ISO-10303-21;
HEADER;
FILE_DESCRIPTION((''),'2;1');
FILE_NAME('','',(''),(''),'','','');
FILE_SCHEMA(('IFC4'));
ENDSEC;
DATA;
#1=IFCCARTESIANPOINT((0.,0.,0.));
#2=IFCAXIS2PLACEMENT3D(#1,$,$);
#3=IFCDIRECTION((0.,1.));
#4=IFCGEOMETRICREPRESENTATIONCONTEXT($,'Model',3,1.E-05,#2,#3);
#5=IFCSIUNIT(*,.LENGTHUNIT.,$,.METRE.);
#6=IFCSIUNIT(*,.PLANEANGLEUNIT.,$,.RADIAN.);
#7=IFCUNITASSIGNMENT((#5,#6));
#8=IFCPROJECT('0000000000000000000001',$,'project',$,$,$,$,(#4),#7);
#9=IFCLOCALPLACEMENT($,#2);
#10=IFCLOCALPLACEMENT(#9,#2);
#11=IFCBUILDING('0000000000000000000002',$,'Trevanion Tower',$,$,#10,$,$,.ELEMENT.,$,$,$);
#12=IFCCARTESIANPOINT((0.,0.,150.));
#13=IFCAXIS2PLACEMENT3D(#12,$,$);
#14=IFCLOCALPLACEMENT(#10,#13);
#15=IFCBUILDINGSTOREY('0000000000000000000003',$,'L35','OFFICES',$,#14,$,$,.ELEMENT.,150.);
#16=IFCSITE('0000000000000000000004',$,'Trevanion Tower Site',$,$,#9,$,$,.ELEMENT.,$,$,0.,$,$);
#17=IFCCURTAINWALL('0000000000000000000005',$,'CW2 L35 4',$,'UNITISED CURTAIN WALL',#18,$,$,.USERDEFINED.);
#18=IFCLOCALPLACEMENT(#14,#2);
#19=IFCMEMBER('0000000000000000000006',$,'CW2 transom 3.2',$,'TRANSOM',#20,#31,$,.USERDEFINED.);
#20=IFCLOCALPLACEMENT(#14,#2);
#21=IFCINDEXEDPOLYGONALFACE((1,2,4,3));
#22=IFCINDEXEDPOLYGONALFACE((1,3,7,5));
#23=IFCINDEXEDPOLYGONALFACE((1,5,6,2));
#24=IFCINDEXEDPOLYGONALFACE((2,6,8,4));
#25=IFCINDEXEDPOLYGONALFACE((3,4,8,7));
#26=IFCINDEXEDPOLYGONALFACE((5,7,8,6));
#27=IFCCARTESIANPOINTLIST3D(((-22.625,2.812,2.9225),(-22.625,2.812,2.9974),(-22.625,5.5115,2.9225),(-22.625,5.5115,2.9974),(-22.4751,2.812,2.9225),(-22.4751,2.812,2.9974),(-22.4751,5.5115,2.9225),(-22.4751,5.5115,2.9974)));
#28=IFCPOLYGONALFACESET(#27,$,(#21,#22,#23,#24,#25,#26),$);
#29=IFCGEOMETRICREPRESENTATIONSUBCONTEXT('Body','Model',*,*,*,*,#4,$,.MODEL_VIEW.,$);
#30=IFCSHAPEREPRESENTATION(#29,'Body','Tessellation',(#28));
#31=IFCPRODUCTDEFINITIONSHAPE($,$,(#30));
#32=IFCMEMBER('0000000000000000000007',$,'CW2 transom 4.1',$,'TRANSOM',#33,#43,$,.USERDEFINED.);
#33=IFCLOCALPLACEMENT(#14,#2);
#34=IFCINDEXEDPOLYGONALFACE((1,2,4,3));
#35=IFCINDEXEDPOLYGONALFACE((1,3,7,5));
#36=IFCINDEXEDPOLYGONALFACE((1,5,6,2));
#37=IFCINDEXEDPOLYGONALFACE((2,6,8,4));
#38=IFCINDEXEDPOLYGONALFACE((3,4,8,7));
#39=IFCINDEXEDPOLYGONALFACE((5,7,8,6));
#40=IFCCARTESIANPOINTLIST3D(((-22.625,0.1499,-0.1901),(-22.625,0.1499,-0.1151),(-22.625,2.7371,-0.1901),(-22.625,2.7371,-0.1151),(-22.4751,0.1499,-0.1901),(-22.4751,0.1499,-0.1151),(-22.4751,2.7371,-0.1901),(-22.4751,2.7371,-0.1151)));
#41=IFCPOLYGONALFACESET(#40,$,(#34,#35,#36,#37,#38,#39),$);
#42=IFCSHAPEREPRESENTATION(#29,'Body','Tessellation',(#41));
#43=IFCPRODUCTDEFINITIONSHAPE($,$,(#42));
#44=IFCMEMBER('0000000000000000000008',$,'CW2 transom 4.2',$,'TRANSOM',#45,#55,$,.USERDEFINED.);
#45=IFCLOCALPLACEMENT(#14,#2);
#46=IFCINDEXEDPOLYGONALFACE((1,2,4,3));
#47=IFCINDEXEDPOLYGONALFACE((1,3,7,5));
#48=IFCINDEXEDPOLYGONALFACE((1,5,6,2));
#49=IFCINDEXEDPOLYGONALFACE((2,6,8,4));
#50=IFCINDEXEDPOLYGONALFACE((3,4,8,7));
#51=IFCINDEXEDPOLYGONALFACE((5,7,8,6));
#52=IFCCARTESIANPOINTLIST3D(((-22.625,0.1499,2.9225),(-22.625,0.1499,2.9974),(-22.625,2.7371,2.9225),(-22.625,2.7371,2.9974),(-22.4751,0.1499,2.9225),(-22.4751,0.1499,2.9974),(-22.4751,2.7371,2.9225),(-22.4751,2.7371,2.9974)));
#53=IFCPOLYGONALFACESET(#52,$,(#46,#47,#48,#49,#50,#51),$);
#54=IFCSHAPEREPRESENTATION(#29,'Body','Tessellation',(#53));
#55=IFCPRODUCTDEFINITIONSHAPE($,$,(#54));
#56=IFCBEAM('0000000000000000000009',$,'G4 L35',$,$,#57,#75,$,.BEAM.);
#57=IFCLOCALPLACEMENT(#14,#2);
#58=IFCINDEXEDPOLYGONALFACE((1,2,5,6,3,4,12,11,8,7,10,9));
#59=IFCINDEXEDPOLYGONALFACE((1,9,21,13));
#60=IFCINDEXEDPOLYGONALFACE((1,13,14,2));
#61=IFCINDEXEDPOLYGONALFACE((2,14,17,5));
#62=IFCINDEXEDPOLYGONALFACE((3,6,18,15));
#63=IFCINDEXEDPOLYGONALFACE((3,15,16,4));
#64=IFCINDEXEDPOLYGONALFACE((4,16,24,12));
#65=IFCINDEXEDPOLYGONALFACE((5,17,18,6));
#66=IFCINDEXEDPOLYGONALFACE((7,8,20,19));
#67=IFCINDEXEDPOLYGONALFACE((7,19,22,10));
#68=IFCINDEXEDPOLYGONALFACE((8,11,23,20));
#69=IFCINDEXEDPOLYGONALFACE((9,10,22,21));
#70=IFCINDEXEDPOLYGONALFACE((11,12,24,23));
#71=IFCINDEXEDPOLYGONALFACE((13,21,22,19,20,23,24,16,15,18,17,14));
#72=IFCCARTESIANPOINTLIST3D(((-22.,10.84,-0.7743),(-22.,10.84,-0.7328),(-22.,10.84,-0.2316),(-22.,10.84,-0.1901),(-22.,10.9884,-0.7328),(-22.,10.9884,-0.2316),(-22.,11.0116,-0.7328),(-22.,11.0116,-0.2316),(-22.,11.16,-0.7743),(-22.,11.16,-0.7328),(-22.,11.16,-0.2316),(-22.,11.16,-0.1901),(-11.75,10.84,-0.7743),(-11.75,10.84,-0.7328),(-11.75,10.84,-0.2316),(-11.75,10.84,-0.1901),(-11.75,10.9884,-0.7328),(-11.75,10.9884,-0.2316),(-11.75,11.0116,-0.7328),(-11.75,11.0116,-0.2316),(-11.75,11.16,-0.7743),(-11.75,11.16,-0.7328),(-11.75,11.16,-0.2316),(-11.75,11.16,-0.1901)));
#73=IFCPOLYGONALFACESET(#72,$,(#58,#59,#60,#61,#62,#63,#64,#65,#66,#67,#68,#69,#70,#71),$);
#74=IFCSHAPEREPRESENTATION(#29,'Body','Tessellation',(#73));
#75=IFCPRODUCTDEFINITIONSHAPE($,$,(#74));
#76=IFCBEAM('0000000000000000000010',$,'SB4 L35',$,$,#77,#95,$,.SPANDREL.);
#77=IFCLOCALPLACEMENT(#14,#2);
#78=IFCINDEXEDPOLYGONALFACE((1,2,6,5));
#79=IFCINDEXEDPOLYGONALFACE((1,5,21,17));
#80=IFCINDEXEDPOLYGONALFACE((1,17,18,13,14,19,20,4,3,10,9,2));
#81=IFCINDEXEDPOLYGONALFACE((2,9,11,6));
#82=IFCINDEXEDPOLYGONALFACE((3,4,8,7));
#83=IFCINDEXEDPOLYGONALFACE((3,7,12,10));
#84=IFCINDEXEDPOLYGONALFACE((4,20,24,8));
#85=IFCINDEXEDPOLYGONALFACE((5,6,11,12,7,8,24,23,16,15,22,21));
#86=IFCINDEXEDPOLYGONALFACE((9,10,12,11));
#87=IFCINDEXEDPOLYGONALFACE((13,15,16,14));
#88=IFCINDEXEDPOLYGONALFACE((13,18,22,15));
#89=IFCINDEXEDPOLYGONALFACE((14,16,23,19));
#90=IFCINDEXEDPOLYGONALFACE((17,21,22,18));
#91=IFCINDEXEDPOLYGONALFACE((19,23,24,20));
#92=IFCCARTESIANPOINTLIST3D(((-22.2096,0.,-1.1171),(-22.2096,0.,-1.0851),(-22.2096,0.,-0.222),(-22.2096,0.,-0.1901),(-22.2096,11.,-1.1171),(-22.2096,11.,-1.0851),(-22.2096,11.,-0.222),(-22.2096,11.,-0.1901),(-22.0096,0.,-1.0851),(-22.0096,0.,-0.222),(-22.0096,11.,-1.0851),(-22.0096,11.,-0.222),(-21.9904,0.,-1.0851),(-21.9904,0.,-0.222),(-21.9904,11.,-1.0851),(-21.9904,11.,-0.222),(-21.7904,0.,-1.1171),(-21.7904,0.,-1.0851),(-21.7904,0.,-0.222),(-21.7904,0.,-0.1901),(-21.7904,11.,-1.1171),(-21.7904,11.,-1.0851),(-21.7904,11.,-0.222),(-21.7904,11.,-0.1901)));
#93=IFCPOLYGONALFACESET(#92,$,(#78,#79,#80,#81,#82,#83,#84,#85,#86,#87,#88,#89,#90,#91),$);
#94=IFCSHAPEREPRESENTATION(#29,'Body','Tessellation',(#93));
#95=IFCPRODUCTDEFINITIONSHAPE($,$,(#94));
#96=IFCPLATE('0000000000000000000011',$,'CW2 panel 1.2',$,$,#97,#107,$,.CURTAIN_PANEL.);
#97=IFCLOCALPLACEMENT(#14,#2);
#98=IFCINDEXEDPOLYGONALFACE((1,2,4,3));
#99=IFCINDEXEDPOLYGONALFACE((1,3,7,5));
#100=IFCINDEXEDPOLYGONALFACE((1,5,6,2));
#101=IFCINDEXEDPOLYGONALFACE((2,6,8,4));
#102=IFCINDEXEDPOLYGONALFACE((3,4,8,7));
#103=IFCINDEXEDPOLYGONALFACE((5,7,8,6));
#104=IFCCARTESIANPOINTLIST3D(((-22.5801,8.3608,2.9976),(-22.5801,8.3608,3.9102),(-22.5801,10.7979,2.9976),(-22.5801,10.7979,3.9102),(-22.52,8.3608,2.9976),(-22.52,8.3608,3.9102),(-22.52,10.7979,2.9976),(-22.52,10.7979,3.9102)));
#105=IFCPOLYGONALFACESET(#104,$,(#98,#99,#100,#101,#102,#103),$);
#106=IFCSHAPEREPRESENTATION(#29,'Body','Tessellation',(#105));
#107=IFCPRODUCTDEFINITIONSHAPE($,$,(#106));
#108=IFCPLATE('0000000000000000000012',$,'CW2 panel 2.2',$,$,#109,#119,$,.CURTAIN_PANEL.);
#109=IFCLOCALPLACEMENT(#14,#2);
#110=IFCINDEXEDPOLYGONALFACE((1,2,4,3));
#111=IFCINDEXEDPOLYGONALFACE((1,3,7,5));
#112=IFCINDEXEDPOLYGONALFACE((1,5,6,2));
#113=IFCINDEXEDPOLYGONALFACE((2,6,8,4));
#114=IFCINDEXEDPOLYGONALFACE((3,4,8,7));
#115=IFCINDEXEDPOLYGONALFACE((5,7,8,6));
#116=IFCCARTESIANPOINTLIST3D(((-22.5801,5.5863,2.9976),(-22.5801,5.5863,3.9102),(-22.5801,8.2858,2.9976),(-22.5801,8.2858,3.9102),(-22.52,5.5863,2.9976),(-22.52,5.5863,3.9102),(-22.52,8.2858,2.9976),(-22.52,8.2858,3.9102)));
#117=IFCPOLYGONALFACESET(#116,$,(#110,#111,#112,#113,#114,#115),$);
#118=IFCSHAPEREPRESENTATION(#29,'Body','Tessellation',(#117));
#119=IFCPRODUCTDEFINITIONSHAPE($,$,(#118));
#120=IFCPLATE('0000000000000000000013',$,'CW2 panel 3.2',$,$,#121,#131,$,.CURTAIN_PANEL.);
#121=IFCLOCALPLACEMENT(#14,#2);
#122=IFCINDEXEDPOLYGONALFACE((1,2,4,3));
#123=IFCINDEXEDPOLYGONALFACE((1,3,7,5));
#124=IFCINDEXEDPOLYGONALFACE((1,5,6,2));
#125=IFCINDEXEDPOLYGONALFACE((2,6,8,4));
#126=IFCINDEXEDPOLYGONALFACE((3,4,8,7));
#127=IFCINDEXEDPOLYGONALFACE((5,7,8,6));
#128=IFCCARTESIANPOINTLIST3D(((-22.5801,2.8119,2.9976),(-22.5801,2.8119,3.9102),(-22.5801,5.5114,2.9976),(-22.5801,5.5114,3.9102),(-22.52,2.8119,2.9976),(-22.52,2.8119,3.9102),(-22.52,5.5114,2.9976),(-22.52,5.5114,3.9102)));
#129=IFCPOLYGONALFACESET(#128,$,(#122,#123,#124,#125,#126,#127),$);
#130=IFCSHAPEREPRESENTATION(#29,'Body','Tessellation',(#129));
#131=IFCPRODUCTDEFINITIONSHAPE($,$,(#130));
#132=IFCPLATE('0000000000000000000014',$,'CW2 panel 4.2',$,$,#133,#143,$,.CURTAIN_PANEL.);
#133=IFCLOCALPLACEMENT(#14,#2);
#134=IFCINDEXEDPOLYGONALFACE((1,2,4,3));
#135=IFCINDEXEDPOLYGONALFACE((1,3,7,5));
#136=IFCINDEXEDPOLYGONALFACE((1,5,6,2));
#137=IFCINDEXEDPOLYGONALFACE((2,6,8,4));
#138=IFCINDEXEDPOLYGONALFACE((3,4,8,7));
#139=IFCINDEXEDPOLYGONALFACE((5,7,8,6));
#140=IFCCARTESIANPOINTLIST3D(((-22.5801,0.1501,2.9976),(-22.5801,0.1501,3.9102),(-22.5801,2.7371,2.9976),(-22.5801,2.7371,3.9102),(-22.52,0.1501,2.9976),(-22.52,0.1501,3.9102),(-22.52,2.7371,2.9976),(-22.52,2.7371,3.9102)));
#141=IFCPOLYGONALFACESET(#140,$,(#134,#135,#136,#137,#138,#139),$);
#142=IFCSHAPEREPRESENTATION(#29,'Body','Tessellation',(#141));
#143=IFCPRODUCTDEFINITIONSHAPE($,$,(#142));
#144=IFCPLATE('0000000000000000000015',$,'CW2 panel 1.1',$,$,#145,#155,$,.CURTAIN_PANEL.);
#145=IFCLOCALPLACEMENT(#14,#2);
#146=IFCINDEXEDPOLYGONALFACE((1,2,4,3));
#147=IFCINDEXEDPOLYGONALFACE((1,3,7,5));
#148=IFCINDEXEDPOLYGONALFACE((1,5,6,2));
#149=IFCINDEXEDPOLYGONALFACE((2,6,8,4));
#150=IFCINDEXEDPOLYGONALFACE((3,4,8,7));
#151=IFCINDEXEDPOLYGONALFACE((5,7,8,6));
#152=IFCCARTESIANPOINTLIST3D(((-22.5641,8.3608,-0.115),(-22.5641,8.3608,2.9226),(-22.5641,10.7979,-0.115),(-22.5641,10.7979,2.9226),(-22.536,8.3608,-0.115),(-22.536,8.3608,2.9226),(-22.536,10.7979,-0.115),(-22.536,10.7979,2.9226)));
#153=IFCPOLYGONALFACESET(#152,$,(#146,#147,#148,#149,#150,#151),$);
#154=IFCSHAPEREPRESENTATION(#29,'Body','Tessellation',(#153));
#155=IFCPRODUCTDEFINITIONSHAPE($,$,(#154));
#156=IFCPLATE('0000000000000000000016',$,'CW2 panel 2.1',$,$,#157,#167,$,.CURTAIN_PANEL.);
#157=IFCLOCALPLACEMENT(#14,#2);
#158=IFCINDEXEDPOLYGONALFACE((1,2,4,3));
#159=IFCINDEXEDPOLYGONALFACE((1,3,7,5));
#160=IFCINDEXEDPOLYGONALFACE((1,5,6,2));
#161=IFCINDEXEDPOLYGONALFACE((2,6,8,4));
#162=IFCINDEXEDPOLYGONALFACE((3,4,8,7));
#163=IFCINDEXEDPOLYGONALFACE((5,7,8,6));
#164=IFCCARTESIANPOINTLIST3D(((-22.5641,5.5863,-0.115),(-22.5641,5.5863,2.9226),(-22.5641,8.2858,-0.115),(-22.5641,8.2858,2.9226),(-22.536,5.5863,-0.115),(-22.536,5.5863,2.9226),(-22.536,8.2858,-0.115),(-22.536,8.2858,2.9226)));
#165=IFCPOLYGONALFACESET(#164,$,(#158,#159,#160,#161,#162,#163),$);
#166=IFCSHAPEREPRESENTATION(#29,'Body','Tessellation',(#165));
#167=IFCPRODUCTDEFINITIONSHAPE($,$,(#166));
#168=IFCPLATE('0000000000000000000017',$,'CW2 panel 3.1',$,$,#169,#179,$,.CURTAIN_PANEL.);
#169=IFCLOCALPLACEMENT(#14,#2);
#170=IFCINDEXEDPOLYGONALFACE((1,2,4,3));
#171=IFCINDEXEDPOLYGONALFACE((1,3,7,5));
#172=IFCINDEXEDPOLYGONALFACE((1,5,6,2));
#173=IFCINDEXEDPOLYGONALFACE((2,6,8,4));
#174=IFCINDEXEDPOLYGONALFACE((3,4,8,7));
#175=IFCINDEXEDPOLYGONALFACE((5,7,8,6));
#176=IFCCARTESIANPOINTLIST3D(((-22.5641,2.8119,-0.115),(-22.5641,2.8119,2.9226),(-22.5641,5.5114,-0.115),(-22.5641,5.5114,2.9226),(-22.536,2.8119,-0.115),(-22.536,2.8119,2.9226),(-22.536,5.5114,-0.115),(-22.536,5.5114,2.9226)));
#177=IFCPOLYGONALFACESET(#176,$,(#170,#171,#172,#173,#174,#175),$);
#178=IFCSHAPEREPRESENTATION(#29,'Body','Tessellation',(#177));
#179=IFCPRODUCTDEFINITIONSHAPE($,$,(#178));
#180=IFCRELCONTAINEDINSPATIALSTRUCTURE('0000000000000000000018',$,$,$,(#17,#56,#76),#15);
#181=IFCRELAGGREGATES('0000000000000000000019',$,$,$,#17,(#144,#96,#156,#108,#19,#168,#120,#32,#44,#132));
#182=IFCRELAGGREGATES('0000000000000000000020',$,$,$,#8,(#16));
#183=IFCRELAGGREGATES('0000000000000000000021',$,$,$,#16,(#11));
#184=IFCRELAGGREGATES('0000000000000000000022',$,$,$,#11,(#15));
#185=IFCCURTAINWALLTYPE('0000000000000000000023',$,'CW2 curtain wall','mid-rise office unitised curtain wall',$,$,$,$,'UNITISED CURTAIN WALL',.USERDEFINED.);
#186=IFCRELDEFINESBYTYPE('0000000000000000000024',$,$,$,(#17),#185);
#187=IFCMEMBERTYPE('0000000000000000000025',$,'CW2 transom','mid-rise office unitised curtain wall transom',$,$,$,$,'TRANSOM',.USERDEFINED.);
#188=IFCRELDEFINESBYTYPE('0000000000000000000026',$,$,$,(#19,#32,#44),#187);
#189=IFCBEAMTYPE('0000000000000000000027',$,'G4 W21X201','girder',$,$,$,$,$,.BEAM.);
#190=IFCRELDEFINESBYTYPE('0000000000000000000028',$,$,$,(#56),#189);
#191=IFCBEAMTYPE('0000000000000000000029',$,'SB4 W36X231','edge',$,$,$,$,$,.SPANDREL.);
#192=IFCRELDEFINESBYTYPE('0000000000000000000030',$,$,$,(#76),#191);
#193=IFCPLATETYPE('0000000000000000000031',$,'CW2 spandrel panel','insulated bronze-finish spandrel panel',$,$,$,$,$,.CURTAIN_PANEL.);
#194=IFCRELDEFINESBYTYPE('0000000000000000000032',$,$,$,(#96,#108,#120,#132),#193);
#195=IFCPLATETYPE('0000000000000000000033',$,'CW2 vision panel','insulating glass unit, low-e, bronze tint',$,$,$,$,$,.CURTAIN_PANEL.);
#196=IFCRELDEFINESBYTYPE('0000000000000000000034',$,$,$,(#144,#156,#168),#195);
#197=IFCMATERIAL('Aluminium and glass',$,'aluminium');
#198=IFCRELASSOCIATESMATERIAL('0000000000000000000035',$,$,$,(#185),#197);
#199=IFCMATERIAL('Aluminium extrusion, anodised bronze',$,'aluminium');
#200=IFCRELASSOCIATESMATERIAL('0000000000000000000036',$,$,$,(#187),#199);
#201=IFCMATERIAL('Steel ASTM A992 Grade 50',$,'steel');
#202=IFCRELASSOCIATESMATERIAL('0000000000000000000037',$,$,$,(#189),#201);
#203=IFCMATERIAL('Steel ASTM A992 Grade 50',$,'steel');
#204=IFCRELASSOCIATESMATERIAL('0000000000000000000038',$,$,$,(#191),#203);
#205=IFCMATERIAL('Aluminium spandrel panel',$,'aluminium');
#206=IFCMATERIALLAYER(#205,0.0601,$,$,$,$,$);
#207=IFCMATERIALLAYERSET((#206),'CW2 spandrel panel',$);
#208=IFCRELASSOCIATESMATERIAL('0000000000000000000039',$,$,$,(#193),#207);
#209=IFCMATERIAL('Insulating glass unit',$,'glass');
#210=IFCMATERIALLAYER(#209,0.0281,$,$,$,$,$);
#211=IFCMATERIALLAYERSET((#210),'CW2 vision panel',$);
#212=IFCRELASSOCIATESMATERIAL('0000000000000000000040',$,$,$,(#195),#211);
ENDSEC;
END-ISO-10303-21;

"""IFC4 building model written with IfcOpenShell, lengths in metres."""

from ifc_helpers import new_model, si_unit, direction, frame, origin, origin_2d, place, context, subcontext, project, spatial, rectangle, i_section, extrude, material, layer, layer_set, material_profile, profile_set, type_object, element, aggregate, save


model = new_model("IFC4")

# Units and contexts
model_context = context("Model", 3, precision=1e-05, world=origin(), true_north=direction((0.0, 1.0)))
body_context = subcontext(model_context, "Body", "Model", "MODEL_VIEW")
ifc_project = project(units=[si_unit("LENGTHUNIT", "METRE"), si_unit("PLANEANGLEUNIT", "RADIAN")], contexts=[model_context])

# Site, building, storey
site_placement = place(None, origin())
site = spatial("IfcSite", under=ifc_project, at=site_placement, Name="Trevanion Tower Site", CompositionType="ELEMENT", RefElevation=0.0)
building_placement = place(site_placement, origin())
building = spatial("IfcBuilding", under=site, at=building_placement, Name="Trevanion Tower", CompositionType="ELEMENT")
storey_placement = place(building_placement, frame((0.0, 0.0, 150.0)))
storey = spatial("IfcBuildingStorey", under=building, at=storey_placement, Name="L35", Description="OFFICES", CompositionType="ELEMENT", Elevation=150.0)

# Curtain wall, members
ifc_material_1 = material(Name="Aluminium and glass", Category="aluminium")
curtain_wall_type = type_object("IfcCurtainWallType", Name="CW2 curtain wall", Description="mid-rise office unitised curtain wall", ElementType="UNITISED CURTAIN WALL", PredefinedType="USERDEFINED", material=ifc_material_1)
curtain_wall_placement = place(storey_placement, origin())
curtain_wall = element("IfcCurtainWall", 1, at=curtain_wall_placement, inside=storey, type_object=curtain_wall_type, Name="CW2 L35 4", ObjectType="UNITISED CURTAIN WALL", PredefinedType="USERDEFINED")
ifc_material_2 = material(Name="Aluminium extrusion, anodised bronze", Category="aluminium")
ifc_material_profile_1 = material_profile(ifc_material_2, rectangle(XDim=0.1499, YDim=0.075, at=origin_2d()), Name="CW2 transom")
ifc_profile_set_1 = profile_set([ifc_material_profile_1], Name="Aluminium extrusion, anodised bronze")
member_type_1 = type_object("IfcMemberType", Name="CW2 transom", Description="mid-rise office unitised curtain wall transom", ElementType="TRANSOM", PredefinedType="USERDEFINED", material=ifc_profile_set_1)
member_1_placement = place(storey_placement, frame((-22.55, 5.5115, 2.96), z_axis=(0.0, -1.0, 0.0), x_axis=(1.0, 0.0, 0.0)))
member_1 = element("IfcMember", 2, at=member_1_placement, type_object=member_type_1, Name="CW2 transom 3.2", ObjectType="TRANSOM", PredefinedType="USERDEFINED", context=body_context, shape_type="SweptSolid", body=[
    extrude(rectangle(XDim=0.1499, YDim=0.075, at=origin_2d()), origin(), (0.0, 0.0, 1.0), 2.6995),
])
member_2_placement = place(storey_placement, frame((-22.55, 2.7371, -0.1526), z_axis=(0.0, -1.0, 0.0), x_axis=(1.0, 0.0, 0.0)))
member_2 = element("IfcMember", 3, at=member_2_placement, type_object=member_type_1, Name="CW2 transom 4.1", ObjectType="TRANSOM", PredefinedType="USERDEFINED", context=body_context, shape_type="SweptSolid", body=[
    extrude(rectangle(XDim=0.1499, YDim=0.075, at=origin_2d()), origin(), (0.0, 0.0, 1.0), 2.5872),
])
member_3_placement = place(storey_placement, frame((-22.55, 2.7371, 2.96), z_axis=(0.0, -1.0, 0.0), x_axis=(1.0, 0.0, 0.0)))
member_3 = element("IfcMember", 4, at=member_3_placement, type_object=member_type_1, Name="CW2 transom 4.2", ObjectType="TRANSOM", PredefinedType="USERDEFINED", context=body_context, shape_type="SweptSolid", body=[
    extrude(rectangle(XDim=0.1499, YDim=0.075, at=origin_2d()), origin(), (0.0, 0.0, 1.0), 2.5872),
])

# Beams
ifc_material_3 = material(Name="Steel ASTM A992 Grade 50", Category="steel")
ifc_material_profile_2 = material_profile(ifc_material_3, i_section(OverallWidth=0.3201, OverallDepth=0.5842, WebThickness=0.0232, FlangeThickness=0.0415, at=origin_2d()), Name="W21X201")
ifc_profile_set_2 = profile_set([ifc_material_profile_2], Name="Steel ASTM A992 Grade 50")
beam_type_1 = type_object("IfcBeamType", Name="G4 W21X201", Description="girder", PredefinedType="BEAM", material=ifc_profile_set_2)
beam_1_placement = place(storey_placement, frame((-11.75, 11.0, -0.4822), z_axis=(-1.0, 0.0, 0.0), x_axis=(0.0, -1.0, 0.0)))
element("IfcBeam", 5, at=beam_1_placement, inside=storey, type_object=beam_type_1, Name="G4 L35", PredefinedType="BEAM", context=body_context, shape_type="SweptSolid", body=[
    extrude(i_section(OverallWidth=0.3201, OverallDepth=0.5842, WebThickness=0.0232, FlangeThickness=0.0415, at=origin_2d()), origin(), (0.0, 0.0, 1.0), 10.25),
])
ifc_material_4 = material(Name="Steel ASTM A992 Grade 50", Category="steel")
ifc_material_profile_3 = material_profile(ifc_material_4, i_section(OverallWidth=0.4192, OverallDepth=0.927, WebThickness=0.0193, FlangeThickness=0.032, at=origin_2d()), Name="W36X231")
ifc_profile_set_3 = profile_set([ifc_material_profile_3], Name="Steel ASTM A992 Grade 50")
beam_type_2 = type_object("IfcBeamType", Name="SB4 W36X231", Description="edge", PredefinedType="SPANDREL", material=ifc_profile_set_3)
beam_2_placement = place(storey_placement, frame((-22.0, 11.0, -0.6536), z_axis=(0.0, -1.0, 0.0), x_axis=(1.0, 0.0, 0.0)))
element("IfcBeam", 6, at=beam_2_placement, inside=storey, type_object=beam_type_2, Name="SB4 L35", PredefinedType="SPANDREL", context=body_context, shape_type="SweptSolid", body=[
    extrude(i_section(OverallWidth=0.4192, OverallDepth=0.927, WebThickness=0.0193, FlangeThickness=0.032, at=origin_2d()), origin(), (0.0, 0.0, 1.0), 11.0),
])

# Plates
ifc_material_5 = material(Name="Aluminium spandrel panel", Category="aluminium")
ifc_layer_1 = layer(ifc_material_5, 0.0601)
ifc_layer_set_1 = layer_set([ifc_layer_1], Name="CW2 spandrel panel")
plate_type_1 = type_object("IfcPlateType", Name="CW2 spandrel panel", Description="insulated bronze-finish spandrel panel", PredefinedType="CURTAIN_PANEL", material=ifc_layer_set_1)
plate_1_placement = place(storey_placement, frame((-22.55, 9.5793, 2.9976), z_axis=(0.0, 0.0, 1.0), x_axis=(0.0, -1.0, 0.0)))
plate_1 = element("IfcPlate", 7, at=plate_1_placement, type_object=plate_type_1, Name="CW2 panel 1.2", PredefinedType="CURTAIN_PANEL", context=body_context, shape_type="SweptSolid", body=[
    extrude(rectangle(XDim=2.437, YDim=0.0601, at=origin_2d()), origin(), (0.0, 0.0, 1.0), 0.9126),
])
plate_2_placement = place(storey_placement, frame((-22.55, 6.936, 2.9976), z_axis=(0.0, 0.0, 1.0), x_axis=(0.0, -1.0, 0.0)))
plate_2 = element("IfcPlate", 8, at=plate_2_placement, type_object=plate_type_1, Name="CW2 panel 2.2", PredefinedType="CURTAIN_PANEL", context=body_context, shape_type="SweptSolid", body=[
    extrude(rectangle(XDim=2.6995, YDim=0.0601, at=origin_2d()), origin(), (0.0, 0.0, 1.0), 0.9126),
])
plate_3_placement = place(storey_placement, frame((-22.55, 4.1616, 2.9976), z_axis=(0.0, 0.0, 1.0), x_axis=(0.0, -1.0, 0.0)))
plate_3 = element("IfcPlate", 9, at=plate_3_placement, type_object=plate_type_1, Name="CW2 panel 3.2", PredefinedType="CURTAIN_PANEL", context=body_context, shape_type="SweptSolid", body=[
    extrude(rectangle(XDim=2.6995, YDim=0.0601, at=origin_2d()), origin(), (0.0, 0.0, 1.0), 0.9126),
])
plate_4_placement = place(storey_placement, frame((-22.55, 1.4436, 2.9976), z_axis=(0.0, 0.0, 1.0), x_axis=(0.0, -1.0, 0.0)))
plate_4 = element("IfcPlate", 10, at=plate_4_placement, type_object=plate_type_1, Name="CW2 panel 4.2", PredefinedType="CURTAIN_PANEL", context=body_context, shape_type="SweptSolid", body=[
    extrude(rectangle(XDim=2.5869, YDim=0.0601, at=origin_2d()), origin(), (0.0, 0.0, 1.0), 0.9126),
])
ifc_material_6 = material(Name="Insulating glass unit", Category="glass")
ifc_layer_2 = layer(ifc_material_6, 0.0281)
ifc_layer_set_2 = layer_set([ifc_layer_2], Name="CW2 vision panel")
plate_type_2 = type_object("IfcPlateType", Name="CW2 vision panel", Description="insulating glass unit, low-e, bronze tint", PredefinedType="CURTAIN_PANEL", material=ifc_layer_set_2)
plate_5_placement = place(storey_placement, frame((-22.55, 9.5793, -0.115), z_axis=(0.0, 0.0, 1.0), x_axis=(0.0, -1.0, 0.0)))
plate_5 = element("IfcPlate", 11, at=plate_5_placement, type_object=plate_type_2, Name="CW2 panel 1.1", PredefinedType="CURTAIN_PANEL", context=body_context, shape_type="SweptSolid", body=[
    extrude(rectangle(XDim=2.437, YDim=0.0281, at=origin_2d()), origin(), (0.0, 0.0, 1.0), 3.0376),
])
plate_6_placement = place(storey_placement, frame((-22.55, 6.936, -0.115), z_axis=(0.0, 0.0, 1.0), x_axis=(0.0, -1.0, 0.0)))
plate_6 = element("IfcPlate", 12, at=plate_6_placement, type_object=plate_type_2, Name="CW2 panel 2.1", PredefinedType="CURTAIN_PANEL", context=body_context, shape_type="SweptSolid", body=[
    extrude(rectangle(XDim=2.6995, YDim=0.0281, at=origin_2d()), origin(), (0.0, 0.0, 1.0), 3.0376),
])
plate_7_placement = place(storey_placement, frame((-22.55, 4.1616, -0.115), z_axis=(0.0, 0.0, 1.0), x_axis=(0.0, -1.0, 0.0)))
plate_7 = element("IfcPlate", 13, at=plate_7_placement, type_object=plate_type_2, Name="CW2 panel 3.1", PredefinedType="CURTAIN_PANEL", context=body_context, shape_type="SweptSolid", body=[
    extrude(rectangle(XDim=2.6995, YDim=0.0281, at=origin_2d()), origin(), (0.0, 0.0, 1.0), 3.0376),
])
aggregate(curtain_wall, [plate_5, plate_1, plate_6, plate_2, member_1, plate_7, plate_3, member_2, member_3, plate_4])

save(model, "model.ifc")
